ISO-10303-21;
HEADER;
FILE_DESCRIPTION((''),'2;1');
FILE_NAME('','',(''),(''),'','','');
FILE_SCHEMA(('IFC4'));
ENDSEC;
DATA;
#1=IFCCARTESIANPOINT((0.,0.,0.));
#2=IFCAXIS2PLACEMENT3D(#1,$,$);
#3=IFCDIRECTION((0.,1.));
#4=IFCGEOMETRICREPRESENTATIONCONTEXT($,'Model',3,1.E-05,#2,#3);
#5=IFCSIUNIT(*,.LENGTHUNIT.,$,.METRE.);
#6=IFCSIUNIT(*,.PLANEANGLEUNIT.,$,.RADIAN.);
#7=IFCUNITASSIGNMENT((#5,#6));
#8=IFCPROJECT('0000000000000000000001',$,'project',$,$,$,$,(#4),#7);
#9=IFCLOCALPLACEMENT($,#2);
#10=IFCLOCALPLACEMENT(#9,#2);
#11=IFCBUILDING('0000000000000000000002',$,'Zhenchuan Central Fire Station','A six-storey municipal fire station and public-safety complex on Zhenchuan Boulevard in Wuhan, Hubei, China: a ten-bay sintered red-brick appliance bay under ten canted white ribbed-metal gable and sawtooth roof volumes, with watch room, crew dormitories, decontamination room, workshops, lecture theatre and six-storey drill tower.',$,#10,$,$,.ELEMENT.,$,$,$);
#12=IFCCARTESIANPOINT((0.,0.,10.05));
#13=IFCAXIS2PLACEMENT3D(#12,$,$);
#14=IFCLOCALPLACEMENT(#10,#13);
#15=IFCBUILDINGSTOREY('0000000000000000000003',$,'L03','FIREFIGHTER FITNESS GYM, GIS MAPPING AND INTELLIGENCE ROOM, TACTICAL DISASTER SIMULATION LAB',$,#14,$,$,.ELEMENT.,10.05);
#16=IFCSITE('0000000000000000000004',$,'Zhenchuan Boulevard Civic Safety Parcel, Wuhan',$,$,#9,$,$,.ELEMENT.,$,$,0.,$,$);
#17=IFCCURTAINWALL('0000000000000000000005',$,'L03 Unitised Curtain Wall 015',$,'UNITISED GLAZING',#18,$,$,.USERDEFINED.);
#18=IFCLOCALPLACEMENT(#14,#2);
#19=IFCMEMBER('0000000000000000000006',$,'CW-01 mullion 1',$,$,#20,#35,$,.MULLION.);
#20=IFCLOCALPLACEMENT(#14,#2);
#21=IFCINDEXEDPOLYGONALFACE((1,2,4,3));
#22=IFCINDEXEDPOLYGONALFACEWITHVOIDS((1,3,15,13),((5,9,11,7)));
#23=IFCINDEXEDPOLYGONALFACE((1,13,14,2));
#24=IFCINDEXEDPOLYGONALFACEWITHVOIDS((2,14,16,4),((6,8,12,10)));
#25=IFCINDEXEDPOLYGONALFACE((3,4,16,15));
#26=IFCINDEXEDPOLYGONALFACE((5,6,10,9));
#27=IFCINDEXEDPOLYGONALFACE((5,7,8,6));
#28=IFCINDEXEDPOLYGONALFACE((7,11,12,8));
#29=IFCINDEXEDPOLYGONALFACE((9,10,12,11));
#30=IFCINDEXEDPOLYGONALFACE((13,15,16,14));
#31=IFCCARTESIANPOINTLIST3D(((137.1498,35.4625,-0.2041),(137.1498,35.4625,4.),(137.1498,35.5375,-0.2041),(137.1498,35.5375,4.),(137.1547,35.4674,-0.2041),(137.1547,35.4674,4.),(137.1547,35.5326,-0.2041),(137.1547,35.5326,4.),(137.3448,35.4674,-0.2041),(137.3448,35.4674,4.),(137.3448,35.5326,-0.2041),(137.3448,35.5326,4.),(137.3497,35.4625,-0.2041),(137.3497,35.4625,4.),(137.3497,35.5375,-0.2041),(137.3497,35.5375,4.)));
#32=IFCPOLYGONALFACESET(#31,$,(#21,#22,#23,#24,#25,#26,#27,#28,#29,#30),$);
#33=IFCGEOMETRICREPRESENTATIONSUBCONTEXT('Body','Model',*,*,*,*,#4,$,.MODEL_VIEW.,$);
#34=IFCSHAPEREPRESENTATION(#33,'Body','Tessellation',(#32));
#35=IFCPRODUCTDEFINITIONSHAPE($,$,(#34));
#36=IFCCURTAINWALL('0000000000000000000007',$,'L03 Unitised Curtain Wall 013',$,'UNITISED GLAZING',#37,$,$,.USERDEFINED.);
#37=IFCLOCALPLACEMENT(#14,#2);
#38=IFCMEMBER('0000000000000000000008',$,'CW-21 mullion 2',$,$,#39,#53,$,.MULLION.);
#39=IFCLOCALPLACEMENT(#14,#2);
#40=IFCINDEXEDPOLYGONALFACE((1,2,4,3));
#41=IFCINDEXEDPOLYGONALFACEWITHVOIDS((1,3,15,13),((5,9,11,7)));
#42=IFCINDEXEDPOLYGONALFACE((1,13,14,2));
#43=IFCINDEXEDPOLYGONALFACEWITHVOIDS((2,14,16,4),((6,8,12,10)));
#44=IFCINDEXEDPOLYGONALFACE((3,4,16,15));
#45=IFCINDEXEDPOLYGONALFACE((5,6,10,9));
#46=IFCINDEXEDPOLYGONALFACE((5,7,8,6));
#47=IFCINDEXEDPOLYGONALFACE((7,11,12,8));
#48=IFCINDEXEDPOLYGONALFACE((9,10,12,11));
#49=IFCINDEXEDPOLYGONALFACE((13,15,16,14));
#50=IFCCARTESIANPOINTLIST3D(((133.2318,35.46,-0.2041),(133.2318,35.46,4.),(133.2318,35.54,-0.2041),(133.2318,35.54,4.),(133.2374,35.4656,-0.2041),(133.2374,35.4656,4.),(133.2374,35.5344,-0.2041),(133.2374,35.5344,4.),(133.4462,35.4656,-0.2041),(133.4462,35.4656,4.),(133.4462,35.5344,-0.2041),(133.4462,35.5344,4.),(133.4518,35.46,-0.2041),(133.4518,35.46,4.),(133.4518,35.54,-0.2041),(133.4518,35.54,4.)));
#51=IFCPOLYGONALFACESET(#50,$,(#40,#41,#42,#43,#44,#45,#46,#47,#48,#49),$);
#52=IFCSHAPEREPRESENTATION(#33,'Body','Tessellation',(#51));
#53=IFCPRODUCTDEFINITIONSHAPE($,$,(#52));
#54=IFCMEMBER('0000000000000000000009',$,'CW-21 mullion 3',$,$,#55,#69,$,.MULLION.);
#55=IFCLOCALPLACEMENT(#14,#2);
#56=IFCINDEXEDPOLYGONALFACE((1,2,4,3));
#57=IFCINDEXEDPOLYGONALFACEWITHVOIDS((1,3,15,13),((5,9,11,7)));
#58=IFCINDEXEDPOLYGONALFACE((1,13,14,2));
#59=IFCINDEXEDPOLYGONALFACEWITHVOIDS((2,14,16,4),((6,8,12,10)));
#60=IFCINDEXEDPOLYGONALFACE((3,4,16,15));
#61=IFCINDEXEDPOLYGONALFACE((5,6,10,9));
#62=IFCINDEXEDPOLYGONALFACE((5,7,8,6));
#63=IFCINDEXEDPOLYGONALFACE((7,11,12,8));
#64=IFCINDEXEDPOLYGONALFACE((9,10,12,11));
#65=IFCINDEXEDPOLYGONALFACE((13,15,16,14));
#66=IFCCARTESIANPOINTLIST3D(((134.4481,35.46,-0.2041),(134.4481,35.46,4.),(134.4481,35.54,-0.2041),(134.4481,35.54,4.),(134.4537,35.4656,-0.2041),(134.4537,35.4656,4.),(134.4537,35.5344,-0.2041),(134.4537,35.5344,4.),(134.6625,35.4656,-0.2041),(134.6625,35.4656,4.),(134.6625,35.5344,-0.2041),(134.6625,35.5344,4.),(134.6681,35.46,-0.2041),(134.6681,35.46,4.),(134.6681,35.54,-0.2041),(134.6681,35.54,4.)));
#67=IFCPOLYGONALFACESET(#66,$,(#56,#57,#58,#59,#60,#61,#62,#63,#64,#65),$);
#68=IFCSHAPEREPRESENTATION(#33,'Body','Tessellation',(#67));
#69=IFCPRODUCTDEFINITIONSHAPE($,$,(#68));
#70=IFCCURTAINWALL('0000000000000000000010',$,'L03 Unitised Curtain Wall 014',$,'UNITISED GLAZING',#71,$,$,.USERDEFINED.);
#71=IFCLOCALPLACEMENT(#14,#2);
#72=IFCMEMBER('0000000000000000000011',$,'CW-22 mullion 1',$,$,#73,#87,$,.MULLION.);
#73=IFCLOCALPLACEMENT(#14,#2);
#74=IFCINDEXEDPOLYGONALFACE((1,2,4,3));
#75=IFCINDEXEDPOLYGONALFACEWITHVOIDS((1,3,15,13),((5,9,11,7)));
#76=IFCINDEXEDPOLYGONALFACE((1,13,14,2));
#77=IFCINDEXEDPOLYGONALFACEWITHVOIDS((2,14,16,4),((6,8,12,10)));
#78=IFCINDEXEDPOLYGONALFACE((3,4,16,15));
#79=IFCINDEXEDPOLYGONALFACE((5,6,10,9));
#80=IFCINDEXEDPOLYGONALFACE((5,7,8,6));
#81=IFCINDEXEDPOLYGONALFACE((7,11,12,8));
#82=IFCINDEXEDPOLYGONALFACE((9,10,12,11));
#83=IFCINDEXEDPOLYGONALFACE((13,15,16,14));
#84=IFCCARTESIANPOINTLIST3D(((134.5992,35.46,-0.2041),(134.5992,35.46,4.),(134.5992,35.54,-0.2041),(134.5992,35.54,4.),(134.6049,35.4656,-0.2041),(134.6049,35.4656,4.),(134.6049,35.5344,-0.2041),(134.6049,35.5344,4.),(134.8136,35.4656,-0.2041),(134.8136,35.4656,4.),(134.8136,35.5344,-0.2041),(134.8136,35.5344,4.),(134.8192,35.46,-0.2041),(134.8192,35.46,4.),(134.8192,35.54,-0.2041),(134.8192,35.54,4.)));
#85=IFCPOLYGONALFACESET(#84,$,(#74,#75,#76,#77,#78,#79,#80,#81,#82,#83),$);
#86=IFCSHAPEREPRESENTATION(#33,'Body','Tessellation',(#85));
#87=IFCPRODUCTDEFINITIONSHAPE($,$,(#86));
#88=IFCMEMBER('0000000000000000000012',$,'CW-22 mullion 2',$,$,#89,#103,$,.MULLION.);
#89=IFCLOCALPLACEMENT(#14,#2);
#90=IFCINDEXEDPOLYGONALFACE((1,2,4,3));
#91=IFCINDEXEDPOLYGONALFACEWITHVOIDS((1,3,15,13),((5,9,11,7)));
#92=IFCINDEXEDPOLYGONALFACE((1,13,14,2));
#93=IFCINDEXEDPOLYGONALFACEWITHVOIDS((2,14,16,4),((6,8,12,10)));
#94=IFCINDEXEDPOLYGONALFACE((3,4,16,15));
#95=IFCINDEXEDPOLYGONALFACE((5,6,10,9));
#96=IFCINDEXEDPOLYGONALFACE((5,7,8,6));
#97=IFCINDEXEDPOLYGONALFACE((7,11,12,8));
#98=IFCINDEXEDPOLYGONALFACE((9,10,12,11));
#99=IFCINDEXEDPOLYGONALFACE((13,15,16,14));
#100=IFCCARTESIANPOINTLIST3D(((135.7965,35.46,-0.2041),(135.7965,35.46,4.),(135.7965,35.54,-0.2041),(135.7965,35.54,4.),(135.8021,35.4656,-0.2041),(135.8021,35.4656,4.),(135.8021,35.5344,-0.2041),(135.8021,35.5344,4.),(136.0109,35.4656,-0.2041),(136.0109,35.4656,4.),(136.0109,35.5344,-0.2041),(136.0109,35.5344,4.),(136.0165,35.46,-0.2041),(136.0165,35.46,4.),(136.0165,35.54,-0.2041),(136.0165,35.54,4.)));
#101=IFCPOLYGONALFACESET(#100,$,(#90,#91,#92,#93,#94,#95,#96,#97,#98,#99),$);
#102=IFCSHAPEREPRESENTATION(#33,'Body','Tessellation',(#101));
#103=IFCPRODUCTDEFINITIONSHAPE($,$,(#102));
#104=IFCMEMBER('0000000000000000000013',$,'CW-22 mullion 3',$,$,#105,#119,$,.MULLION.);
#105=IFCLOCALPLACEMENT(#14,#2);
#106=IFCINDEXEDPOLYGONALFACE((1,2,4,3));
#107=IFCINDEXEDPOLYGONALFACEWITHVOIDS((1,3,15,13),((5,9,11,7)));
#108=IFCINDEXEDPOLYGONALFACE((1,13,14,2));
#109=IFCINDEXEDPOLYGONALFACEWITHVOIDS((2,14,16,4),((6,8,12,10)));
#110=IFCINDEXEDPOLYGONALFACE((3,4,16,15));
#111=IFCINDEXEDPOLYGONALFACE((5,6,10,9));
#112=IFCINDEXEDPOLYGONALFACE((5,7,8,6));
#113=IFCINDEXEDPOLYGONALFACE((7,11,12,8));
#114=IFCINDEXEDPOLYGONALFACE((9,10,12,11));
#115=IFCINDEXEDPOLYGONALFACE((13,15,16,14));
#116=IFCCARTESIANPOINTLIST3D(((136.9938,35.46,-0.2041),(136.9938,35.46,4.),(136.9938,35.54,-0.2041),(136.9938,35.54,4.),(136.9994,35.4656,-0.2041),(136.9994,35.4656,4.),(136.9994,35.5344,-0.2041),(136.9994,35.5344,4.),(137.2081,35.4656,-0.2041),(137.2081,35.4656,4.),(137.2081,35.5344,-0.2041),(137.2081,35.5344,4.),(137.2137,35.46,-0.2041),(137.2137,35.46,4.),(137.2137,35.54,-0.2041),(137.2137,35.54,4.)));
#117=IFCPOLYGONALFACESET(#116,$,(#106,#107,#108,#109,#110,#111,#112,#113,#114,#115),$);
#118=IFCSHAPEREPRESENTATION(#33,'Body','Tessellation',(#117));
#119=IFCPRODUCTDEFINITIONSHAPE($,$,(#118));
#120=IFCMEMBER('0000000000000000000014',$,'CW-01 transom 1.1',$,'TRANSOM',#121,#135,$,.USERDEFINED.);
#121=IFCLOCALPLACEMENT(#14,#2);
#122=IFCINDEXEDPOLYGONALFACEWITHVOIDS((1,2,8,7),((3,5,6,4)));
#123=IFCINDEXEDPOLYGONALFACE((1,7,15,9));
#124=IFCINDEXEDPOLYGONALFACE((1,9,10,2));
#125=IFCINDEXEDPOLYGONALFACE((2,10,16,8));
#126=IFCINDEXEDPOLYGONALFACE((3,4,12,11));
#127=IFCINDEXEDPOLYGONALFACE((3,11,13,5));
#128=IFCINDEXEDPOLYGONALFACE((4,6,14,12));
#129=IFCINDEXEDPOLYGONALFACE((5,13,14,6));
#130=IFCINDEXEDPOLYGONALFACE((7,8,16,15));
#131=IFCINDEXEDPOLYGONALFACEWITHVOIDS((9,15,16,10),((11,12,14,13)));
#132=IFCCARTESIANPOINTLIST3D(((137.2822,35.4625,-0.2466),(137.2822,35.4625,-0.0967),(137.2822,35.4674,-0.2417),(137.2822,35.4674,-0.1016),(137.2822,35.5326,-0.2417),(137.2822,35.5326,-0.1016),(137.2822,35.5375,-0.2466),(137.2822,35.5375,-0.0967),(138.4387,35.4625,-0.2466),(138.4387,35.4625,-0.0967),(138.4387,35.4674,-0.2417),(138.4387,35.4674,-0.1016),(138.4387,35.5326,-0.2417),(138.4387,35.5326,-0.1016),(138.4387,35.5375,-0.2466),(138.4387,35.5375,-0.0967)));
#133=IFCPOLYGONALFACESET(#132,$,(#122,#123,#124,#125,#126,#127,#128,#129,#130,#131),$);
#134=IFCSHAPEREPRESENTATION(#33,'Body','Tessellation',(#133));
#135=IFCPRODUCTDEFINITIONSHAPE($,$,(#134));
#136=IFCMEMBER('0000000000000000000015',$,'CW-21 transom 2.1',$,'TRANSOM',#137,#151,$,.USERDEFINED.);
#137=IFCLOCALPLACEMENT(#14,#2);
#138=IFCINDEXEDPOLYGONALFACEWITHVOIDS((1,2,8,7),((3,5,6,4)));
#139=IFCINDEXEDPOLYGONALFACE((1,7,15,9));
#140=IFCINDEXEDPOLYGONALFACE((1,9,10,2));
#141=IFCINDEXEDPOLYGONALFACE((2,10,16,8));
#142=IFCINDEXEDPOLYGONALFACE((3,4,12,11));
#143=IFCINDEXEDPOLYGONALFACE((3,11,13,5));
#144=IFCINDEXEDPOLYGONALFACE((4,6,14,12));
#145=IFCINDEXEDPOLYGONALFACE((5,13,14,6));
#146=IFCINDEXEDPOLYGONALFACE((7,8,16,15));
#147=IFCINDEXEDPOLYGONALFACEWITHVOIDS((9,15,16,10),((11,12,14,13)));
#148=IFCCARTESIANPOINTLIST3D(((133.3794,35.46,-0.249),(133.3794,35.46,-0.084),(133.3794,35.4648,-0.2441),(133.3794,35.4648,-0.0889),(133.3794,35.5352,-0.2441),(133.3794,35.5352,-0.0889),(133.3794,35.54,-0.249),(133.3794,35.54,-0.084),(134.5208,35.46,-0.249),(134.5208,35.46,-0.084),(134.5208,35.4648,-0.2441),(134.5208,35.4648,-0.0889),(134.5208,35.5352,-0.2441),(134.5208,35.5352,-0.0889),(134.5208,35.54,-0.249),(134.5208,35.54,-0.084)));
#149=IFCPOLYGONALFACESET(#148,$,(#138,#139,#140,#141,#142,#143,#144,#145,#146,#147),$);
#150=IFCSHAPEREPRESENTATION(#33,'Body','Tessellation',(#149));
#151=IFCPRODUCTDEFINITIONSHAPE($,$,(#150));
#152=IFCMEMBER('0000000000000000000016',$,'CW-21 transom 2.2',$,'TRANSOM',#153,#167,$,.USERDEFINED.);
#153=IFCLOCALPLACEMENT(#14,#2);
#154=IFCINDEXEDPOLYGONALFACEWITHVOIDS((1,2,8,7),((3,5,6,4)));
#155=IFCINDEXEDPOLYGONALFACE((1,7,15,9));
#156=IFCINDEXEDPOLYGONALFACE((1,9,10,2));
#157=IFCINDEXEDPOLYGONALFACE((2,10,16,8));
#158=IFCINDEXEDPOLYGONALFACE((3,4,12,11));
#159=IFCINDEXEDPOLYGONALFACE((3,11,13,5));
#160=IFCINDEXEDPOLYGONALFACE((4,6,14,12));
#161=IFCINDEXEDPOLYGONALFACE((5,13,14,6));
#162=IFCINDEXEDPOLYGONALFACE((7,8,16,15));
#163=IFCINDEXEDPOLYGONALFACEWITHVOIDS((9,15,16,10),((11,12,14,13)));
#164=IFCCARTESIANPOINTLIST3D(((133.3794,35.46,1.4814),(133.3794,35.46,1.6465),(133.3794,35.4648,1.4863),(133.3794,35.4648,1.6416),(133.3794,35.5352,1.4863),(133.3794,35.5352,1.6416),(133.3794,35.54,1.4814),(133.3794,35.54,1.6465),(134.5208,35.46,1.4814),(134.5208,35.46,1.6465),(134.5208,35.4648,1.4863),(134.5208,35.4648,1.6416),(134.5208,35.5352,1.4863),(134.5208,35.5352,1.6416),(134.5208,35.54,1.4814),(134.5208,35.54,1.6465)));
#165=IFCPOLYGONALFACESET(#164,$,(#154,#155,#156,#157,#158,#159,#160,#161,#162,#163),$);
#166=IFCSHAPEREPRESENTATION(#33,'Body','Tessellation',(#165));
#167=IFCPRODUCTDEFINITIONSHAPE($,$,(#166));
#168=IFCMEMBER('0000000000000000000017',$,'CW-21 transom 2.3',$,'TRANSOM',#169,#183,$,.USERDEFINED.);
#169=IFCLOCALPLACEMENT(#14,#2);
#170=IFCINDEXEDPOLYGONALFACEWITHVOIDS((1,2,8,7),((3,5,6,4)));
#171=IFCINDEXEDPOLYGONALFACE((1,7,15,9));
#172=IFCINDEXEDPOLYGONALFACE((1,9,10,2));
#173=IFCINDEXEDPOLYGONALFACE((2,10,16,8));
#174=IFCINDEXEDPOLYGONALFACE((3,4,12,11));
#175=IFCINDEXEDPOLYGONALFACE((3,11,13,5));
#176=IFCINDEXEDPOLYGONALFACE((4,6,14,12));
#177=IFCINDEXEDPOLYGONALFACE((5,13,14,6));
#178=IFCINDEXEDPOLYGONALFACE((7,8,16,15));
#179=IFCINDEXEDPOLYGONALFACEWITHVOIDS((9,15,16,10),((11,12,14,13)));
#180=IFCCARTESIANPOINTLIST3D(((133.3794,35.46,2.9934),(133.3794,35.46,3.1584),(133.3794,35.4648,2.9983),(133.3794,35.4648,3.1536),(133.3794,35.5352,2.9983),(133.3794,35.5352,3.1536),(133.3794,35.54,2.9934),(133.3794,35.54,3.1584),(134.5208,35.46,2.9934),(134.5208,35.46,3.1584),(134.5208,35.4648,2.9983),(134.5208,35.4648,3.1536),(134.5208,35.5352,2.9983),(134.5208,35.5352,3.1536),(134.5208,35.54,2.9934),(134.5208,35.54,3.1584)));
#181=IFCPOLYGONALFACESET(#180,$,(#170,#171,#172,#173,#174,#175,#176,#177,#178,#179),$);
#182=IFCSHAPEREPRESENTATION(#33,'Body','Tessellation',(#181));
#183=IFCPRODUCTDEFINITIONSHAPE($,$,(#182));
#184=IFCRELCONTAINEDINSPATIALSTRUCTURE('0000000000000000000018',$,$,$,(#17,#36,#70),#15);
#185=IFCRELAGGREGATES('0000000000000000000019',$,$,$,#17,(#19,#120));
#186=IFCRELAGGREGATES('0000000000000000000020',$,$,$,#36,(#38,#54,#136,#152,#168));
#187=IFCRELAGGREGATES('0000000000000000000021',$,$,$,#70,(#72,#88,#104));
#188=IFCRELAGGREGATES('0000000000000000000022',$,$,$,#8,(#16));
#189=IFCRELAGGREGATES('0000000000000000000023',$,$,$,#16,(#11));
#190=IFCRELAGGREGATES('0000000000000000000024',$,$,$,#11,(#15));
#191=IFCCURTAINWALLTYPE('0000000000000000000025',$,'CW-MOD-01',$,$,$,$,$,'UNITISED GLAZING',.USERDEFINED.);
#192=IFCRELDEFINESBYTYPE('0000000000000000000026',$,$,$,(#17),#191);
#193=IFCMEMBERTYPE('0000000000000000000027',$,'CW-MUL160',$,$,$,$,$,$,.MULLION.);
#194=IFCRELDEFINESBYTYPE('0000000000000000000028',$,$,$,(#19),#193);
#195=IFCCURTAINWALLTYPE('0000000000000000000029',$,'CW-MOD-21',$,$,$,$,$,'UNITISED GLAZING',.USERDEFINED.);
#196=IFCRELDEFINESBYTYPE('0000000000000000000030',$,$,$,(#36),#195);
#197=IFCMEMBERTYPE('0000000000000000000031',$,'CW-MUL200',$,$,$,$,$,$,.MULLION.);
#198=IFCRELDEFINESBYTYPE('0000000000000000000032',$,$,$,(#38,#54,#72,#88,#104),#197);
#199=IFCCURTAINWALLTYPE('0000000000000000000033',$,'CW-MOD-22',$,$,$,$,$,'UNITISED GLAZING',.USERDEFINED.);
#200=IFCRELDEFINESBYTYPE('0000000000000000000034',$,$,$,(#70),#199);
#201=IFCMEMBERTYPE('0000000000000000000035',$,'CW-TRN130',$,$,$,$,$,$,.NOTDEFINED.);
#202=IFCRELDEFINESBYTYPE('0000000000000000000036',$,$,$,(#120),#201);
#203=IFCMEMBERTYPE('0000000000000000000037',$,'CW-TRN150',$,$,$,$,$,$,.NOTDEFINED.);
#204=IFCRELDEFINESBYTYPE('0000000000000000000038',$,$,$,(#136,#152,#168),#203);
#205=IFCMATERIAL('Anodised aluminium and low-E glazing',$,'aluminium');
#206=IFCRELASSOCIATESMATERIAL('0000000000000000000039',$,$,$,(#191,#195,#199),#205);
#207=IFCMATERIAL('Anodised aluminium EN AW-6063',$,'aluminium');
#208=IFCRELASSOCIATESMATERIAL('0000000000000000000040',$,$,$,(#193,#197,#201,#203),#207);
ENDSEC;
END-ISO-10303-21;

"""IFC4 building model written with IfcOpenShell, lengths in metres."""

from ifc_helpers import new_model, si_unit, direction, frame, origin, origin_2d, place, context, subcontext, project, spatial, hollow_rectangle, extrude, material, material_profile, profile_set, type_object, element, aggregate, save


model = new_model("IFC4")

# Units and contexts
model_context = context("Model", 3, precision=1e-05, world=origin(), true_north=direction((0.0, 1.0)))
body_context = subcontext(model_context, "Body", "Model", "MODEL_VIEW")
ifc_project = project(units=[si_unit("LENGTHUNIT", "METRE"), si_unit("PLANEANGLEUNIT", "RADIAN")], contexts=[model_context])

# Site, building, storey
site_placement = place(None, origin())
site = spatial("IfcSite", under=ifc_project, at=site_placement, Name="Zhenchuan Boulevard Civic Safety Parcel, Wuhan", CompositionType="ELEMENT", RefElevation=0.0)
building_placement = place(site_placement, origin())
building = spatial("IfcBuilding", under=site, at=building_placement, Name="Zhenchuan Central Fire Station", Description="A six-storey municipal fire station and public-safety complex on Zhenchuan Boulevard in Wuhan, Hubei, China: a ten-bay sintered red-brick appliance bay under ten canted white ribbed-metal gable and sawtooth roof volumes, with watch room, crew dormitories, decontamination room, workshops, lecture theatre and six-storey drill tower.", CompositionType="ELEMENT")
storey_placement = place(building_placement, frame((0.0, 0.0, 10.05)))
storey = spatial("IfcBuildingStorey", under=building, at=storey_placement, Name="L03", Description="FIREFIGHTER FITNESS GYM, GIS MAPPING AND INTELLIGENCE ROOM, TACTICAL DISASTER SIMULATION LAB", CompositionType="ELEMENT", Elevation=10.05)

# Curtain wall, member
ifc_material_1 = material(Name="Anodised aluminium and low-E glazing", Category="aluminium")
curtain_wall_type_1 = type_object("IfcCurtainWallType", Name="CW-MOD-01", ElementType="UNITISED GLAZING", PredefinedType="USERDEFINED", material=ifc_material_1)
curtain_wall_1_placement = place(storey_placement, origin())
curtain_wall_1 = element("IfcCurtainWall", 1, at=curtain_wall_1_placement, inside=storey, type_object=curtain_wall_type_1, Name="L03 Unitised Curtain Wall 015", ObjectType="UNITISED GLAZING", PredefinedType="USERDEFINED")
ifc_material_2 = material(Name="Anodised aluminium EN AW-6063", Category="aluminium")
ifc_material_profile_1 = material_profile(ifc_material_2, hollow_rectangle(XDim=0.075, YDim=0.2, WallThickness=0.0049, at=origin_2d()), Name="ALU-M 200x75")
ifc_profile_set_1 = profile_set([ifc_material_profile_1], Name="Anodised aluminium EN AW-6063")
member_type_1 = type_object("IfcMemberType", Name="CW-MUL160", PredefinedType="MULLION", material=ifc_profile_set_1)
member_1_placement = place(storey_placement, frame((137.2498, 35.5, -0.2041), z_axis=(0.0, 0.0, 1.0), x_axis=(0.0, 1.0, 0.0)))
member_1 = element("IfcMember", 2, at=member_1_placement, type_object=member_type_1, Name="CW-01 mullion 1", PredefinedType="MULLION", context=body_context, shape_type="SweptSolid", body=[
    extrude(hollow_rectangle(XDim=0.075, YDim=0.2, WallThickness=0.0049, at=origin_2d()), origin(), (0.0, 0.0, 1.0), 4.2041),
])

# Curtain walls, members
curtain_wall_type_2 = type_object("IfcCurtainWallType", Name="CW-MOD-21", ElementType="UNITISED GLAZING", PredefinedType="USERDEFINED", material=ifc_material_1)
curtain_wall_2_placement = place(storey_placement, origin())
curtain_wall_2 = element("IfcCurtainWall", 3, at=curtain_wall_2_placement, inside=storey, type_object=curtain_wall_type_2, Name="L03 Unitised Curtain Wall 013", ObjectType="UNITISED GLAZING", PredefinedType="USERDEFINED")
ifc_material_profile_2 = material_profile(ifc_material_2, hollow_rectangle(XDim=0.0801, YDim=0.22, WallThickness=0.0056, at=origin_2d()), Name="ALU-M 220x80")
ifc_profile_set_2 = profile_set([ifc_material_profile_2], Name="Anodised aluminium EN AW-6063")
member_type_2 = type_object("IfcMemberType", Name="CW-MUL200", PredefinedType="MULLION", material=ifc_profile_set_2)
member_2_placement = place(storey_placement, frame((133.3418, 35.5, -0.2041), z_axis=(0.0, 0.0, 1.0), x_axis=(0.0, 1.0, 0.0)))
member_2 = element("IfcMember", 4, at=member_2_placement, type_object=member_type_2, Name="CW-21 mullion 2", PredefinedType="MULLION", context=body_context, shape_type="SweptSolid", body=[
    extrude(hollow_rectangle(XDim=0.0801, YDim=0.22, WallThickness=0.0056, at=origin_2d()), origin(), (0.0, 0.0, 1.0), 4.2041),
])
member_3_placement = place(storey_placement, frame((134.5581, 35.5, -0.2041), z_axis=(0.0, 0.0, 1.0), x_axis=(0.0, 1.0, 0.0)))
member_3 = element("IfcMember", 5, at=member_3_placement, type_object=member_type_2, Name="CW-21 mullion 3", PredefinedType="MULLION", context=body_context, shape_type="SweptSolid", body=[
    extrude(hollow_rectangle(XDim=0.0801, YDim=0.22, WallThickness=0.0056, at=origin_2d()), origin(), (0.0, 0.0, 1.0), 4.2041),
])
curtain_wall_type_3 = type_object("IfcCurtainWallType", Name="CW-MOD-22", ElementType="UNITISED GLAZING", PredefinedType="USERDEFINED", material=ifc_material_1)
curtain_wall_3_placement = place(storey_placement, origin())
curtain_wall_3 = element("IfcCurtainWall", 6, at=curtain_wall_3_placement, inside=storey, type_object=curtain_wall_type_3, Name="L03 Unitised Curtain Wall 014", ObjectType="UNITISED GLAZING", PredefinedType="USERDEFINED")
member_4_placement = place(storey_placement, frame((134.7092, 35.5, -0.2041), z_axis=(0.0, 0.0, 1.0), x_axis=(0.0, 1.0, 0.0)))
member_4 = element("IfcMember", 7, at=member_4_placement, type_object=member_type_2, Name="CW-22 mullion 1", PredefinedType="MULLION", context=body_context, shape_type="SweptSolid", body=[
    extrude(hollow_rectangle(XDim=0.0801, YDim=0.22, WallThickness=0.0056, at=origin_2d()), origin(), (0.0, 0.0, 1.0), 4.2041),
])
member_5_placement = place(storey_placement, frame((135.9065, 35.5, -0.2041), z_axis=(0.0, 0.0, 1.0), x_axis=(0.0, 1.0, 0.0)))
member_5 = element("IfcMember", 8, at=member_5_placement, type_object=member_type_2, Name="CW-22 mullion 2", PredefinedType="MULLION", context=body_context, shape_type="SweptSolid", body=[
    extrude(hollow_rectangle(XDim=0.0801, YDim=0.22, WallThickness=0.0056, at=origin_2d()), origin(), (0.0, 0.0, 1.0), 4.2041),
])
member_6_placement = place(storey_placement, frame((137.1038, 35.5, -0.2041), z_axis=(0.0, 0.0, 1.0), x_axis=(0.0, 1.0, 0.0)))
member_6 = element("IfcMember", 9, at=member_6_placement, type_object=member_type_2, Name="CW-22 mullion 3", PredefinedType="MULLION", context=body_context, shape_type="SweptSolid", body=[
    extrude(hollow_rectangle(XDim=0.0801, YDim=0.22, WallThickness=0.0056, at=origin_2d()), origin(), (0.0, 0.0, 1.0), 4.2041),
])

# Members
ifc_material_profile_3 = material_profile(ifc_material_2, hollow_rectangle(XDim=0.075, YDim=0.1499, WallThickness=0.0049, at=origin_2d()), Name="ALU-T 150x75")
ifc_profile_set_3 = profile_set([ifc_material_profile_3], Name="Anodised aluminium EN AW-6063")
member_type_3 = type_object("IfcMemberType", Name="CW-TRN130", PredefinedType="NOTDEFINED", material=ifc_profile_set_3)
member_7_placement = place(storey_placement, frame((137.2822, 35.5, -0.1716), z_axis=(1.0, 0.0, 0.0), x_axis=(0.0, 1.0, 0.0)))
member_7 = element("IfcMember", 10, at=member_7_placement, type_object=member_type_3, Name="CW-01 transom 1.1", ObjectType="TRANSOM", PredefinedType="USERDEFINED", context=body_context, shape_type="SweptSolid", body=[
    extrude(hollow_rectangle(XDim=0.075, YDim=0.1499, WallThickness=0.0049, at=origin_2d()), origin(), (0.0, 0.0, 1.0), 1.1565),
])
aggregate(curtain_wall_1, [member_1, member_7])
ifc_material_profile_4 = material_profile(ifc_material_2, hollow_rectangle(XDim=0.0801, YDim=0.165, WallThickness=0.0049, at=origin_2d()), Name="ALU-T 165x80")
ifc_profile_set_4 = profile_set([ifc_material_profile_4], Name="Anodised aluminium EN AW-6063")
member_type_4 = type_object("IfcMemberType", Name="CW-TRN150", PredefinedType="NOTDEFINED", material=ifc_profile_set_4)
member_8_placement = place(storey_placement, frame((133.3794, 35.5, -0.1665), z_axis=(1.0, 0.0, 0.0), x_axis=(0.0, 1.0, 0.0)))
member_8 = element("IfcMember", 11, at=member_8_placement, type_object=member_type_4, Name="CW-21 transom 2.1", ObjectType="TRANSOM", PredefinedType="USERDEFINED", context=body_context, shape_type="SweptSolid", body=[
    extrude(hollow_rectangle(XDim=0.0801, YDim=0.165, WallThickness=0.0049, at=origin_2d()), origin(), (0.0, 0.0, 1.0), 1.1414),
])
member_9_placement = place(storey_placement, frame((133.3794, 35.5, 1.564), z_axis=(1.0, 0.0, 0.0), x_axis=(0.0, 1.0, 0.0)))
member_9 = element("IfcMember", 12, at=member_9_placement, type_object=member_type_4, Name="CW-21 transom 2.2", ObjectType="TRANSOM", PredefinedType="USERDEFINED", context=body_context, shape_type="SweptSolid", body=[
    extrude(hollow_rectangle(XDim=0.0801, YDim=0.165, WallThickness=0.0049, at=origin_2d()), origin(), (0.0, 0.0, 1.0), 1.1414),
])
member_10_placement = place(storey_placement, frame((133.3794, 35.5, 3.0759), z_axis=(1.0, 0.0, 0.0), x_axis=(0.0, 1.0, 0.0)))
member_10 = element("IfcMember", 13, at=member_10_placement, type_object=member_type_4, Name="CW-21 transom 2.3", ObjectType="TRANSOM", PredefinedType="USERDEFINED", context=body_context, shape_type="SweptSolid", body=[
    extrude(hollow_rectangle(XDim=0.0801, YDim=0.165, WallThickness=0.0049, at=origin_2d()), origin(), (0.0, 0.0, 1.0), 1.1414),
])

aggregate(curtain_wall_2, [member_2, member_3, member_8, member_9, member_10])
aggregate(curtain_wall_3, [member_4, member_5, member_6])

save(model, "model.ifc")
